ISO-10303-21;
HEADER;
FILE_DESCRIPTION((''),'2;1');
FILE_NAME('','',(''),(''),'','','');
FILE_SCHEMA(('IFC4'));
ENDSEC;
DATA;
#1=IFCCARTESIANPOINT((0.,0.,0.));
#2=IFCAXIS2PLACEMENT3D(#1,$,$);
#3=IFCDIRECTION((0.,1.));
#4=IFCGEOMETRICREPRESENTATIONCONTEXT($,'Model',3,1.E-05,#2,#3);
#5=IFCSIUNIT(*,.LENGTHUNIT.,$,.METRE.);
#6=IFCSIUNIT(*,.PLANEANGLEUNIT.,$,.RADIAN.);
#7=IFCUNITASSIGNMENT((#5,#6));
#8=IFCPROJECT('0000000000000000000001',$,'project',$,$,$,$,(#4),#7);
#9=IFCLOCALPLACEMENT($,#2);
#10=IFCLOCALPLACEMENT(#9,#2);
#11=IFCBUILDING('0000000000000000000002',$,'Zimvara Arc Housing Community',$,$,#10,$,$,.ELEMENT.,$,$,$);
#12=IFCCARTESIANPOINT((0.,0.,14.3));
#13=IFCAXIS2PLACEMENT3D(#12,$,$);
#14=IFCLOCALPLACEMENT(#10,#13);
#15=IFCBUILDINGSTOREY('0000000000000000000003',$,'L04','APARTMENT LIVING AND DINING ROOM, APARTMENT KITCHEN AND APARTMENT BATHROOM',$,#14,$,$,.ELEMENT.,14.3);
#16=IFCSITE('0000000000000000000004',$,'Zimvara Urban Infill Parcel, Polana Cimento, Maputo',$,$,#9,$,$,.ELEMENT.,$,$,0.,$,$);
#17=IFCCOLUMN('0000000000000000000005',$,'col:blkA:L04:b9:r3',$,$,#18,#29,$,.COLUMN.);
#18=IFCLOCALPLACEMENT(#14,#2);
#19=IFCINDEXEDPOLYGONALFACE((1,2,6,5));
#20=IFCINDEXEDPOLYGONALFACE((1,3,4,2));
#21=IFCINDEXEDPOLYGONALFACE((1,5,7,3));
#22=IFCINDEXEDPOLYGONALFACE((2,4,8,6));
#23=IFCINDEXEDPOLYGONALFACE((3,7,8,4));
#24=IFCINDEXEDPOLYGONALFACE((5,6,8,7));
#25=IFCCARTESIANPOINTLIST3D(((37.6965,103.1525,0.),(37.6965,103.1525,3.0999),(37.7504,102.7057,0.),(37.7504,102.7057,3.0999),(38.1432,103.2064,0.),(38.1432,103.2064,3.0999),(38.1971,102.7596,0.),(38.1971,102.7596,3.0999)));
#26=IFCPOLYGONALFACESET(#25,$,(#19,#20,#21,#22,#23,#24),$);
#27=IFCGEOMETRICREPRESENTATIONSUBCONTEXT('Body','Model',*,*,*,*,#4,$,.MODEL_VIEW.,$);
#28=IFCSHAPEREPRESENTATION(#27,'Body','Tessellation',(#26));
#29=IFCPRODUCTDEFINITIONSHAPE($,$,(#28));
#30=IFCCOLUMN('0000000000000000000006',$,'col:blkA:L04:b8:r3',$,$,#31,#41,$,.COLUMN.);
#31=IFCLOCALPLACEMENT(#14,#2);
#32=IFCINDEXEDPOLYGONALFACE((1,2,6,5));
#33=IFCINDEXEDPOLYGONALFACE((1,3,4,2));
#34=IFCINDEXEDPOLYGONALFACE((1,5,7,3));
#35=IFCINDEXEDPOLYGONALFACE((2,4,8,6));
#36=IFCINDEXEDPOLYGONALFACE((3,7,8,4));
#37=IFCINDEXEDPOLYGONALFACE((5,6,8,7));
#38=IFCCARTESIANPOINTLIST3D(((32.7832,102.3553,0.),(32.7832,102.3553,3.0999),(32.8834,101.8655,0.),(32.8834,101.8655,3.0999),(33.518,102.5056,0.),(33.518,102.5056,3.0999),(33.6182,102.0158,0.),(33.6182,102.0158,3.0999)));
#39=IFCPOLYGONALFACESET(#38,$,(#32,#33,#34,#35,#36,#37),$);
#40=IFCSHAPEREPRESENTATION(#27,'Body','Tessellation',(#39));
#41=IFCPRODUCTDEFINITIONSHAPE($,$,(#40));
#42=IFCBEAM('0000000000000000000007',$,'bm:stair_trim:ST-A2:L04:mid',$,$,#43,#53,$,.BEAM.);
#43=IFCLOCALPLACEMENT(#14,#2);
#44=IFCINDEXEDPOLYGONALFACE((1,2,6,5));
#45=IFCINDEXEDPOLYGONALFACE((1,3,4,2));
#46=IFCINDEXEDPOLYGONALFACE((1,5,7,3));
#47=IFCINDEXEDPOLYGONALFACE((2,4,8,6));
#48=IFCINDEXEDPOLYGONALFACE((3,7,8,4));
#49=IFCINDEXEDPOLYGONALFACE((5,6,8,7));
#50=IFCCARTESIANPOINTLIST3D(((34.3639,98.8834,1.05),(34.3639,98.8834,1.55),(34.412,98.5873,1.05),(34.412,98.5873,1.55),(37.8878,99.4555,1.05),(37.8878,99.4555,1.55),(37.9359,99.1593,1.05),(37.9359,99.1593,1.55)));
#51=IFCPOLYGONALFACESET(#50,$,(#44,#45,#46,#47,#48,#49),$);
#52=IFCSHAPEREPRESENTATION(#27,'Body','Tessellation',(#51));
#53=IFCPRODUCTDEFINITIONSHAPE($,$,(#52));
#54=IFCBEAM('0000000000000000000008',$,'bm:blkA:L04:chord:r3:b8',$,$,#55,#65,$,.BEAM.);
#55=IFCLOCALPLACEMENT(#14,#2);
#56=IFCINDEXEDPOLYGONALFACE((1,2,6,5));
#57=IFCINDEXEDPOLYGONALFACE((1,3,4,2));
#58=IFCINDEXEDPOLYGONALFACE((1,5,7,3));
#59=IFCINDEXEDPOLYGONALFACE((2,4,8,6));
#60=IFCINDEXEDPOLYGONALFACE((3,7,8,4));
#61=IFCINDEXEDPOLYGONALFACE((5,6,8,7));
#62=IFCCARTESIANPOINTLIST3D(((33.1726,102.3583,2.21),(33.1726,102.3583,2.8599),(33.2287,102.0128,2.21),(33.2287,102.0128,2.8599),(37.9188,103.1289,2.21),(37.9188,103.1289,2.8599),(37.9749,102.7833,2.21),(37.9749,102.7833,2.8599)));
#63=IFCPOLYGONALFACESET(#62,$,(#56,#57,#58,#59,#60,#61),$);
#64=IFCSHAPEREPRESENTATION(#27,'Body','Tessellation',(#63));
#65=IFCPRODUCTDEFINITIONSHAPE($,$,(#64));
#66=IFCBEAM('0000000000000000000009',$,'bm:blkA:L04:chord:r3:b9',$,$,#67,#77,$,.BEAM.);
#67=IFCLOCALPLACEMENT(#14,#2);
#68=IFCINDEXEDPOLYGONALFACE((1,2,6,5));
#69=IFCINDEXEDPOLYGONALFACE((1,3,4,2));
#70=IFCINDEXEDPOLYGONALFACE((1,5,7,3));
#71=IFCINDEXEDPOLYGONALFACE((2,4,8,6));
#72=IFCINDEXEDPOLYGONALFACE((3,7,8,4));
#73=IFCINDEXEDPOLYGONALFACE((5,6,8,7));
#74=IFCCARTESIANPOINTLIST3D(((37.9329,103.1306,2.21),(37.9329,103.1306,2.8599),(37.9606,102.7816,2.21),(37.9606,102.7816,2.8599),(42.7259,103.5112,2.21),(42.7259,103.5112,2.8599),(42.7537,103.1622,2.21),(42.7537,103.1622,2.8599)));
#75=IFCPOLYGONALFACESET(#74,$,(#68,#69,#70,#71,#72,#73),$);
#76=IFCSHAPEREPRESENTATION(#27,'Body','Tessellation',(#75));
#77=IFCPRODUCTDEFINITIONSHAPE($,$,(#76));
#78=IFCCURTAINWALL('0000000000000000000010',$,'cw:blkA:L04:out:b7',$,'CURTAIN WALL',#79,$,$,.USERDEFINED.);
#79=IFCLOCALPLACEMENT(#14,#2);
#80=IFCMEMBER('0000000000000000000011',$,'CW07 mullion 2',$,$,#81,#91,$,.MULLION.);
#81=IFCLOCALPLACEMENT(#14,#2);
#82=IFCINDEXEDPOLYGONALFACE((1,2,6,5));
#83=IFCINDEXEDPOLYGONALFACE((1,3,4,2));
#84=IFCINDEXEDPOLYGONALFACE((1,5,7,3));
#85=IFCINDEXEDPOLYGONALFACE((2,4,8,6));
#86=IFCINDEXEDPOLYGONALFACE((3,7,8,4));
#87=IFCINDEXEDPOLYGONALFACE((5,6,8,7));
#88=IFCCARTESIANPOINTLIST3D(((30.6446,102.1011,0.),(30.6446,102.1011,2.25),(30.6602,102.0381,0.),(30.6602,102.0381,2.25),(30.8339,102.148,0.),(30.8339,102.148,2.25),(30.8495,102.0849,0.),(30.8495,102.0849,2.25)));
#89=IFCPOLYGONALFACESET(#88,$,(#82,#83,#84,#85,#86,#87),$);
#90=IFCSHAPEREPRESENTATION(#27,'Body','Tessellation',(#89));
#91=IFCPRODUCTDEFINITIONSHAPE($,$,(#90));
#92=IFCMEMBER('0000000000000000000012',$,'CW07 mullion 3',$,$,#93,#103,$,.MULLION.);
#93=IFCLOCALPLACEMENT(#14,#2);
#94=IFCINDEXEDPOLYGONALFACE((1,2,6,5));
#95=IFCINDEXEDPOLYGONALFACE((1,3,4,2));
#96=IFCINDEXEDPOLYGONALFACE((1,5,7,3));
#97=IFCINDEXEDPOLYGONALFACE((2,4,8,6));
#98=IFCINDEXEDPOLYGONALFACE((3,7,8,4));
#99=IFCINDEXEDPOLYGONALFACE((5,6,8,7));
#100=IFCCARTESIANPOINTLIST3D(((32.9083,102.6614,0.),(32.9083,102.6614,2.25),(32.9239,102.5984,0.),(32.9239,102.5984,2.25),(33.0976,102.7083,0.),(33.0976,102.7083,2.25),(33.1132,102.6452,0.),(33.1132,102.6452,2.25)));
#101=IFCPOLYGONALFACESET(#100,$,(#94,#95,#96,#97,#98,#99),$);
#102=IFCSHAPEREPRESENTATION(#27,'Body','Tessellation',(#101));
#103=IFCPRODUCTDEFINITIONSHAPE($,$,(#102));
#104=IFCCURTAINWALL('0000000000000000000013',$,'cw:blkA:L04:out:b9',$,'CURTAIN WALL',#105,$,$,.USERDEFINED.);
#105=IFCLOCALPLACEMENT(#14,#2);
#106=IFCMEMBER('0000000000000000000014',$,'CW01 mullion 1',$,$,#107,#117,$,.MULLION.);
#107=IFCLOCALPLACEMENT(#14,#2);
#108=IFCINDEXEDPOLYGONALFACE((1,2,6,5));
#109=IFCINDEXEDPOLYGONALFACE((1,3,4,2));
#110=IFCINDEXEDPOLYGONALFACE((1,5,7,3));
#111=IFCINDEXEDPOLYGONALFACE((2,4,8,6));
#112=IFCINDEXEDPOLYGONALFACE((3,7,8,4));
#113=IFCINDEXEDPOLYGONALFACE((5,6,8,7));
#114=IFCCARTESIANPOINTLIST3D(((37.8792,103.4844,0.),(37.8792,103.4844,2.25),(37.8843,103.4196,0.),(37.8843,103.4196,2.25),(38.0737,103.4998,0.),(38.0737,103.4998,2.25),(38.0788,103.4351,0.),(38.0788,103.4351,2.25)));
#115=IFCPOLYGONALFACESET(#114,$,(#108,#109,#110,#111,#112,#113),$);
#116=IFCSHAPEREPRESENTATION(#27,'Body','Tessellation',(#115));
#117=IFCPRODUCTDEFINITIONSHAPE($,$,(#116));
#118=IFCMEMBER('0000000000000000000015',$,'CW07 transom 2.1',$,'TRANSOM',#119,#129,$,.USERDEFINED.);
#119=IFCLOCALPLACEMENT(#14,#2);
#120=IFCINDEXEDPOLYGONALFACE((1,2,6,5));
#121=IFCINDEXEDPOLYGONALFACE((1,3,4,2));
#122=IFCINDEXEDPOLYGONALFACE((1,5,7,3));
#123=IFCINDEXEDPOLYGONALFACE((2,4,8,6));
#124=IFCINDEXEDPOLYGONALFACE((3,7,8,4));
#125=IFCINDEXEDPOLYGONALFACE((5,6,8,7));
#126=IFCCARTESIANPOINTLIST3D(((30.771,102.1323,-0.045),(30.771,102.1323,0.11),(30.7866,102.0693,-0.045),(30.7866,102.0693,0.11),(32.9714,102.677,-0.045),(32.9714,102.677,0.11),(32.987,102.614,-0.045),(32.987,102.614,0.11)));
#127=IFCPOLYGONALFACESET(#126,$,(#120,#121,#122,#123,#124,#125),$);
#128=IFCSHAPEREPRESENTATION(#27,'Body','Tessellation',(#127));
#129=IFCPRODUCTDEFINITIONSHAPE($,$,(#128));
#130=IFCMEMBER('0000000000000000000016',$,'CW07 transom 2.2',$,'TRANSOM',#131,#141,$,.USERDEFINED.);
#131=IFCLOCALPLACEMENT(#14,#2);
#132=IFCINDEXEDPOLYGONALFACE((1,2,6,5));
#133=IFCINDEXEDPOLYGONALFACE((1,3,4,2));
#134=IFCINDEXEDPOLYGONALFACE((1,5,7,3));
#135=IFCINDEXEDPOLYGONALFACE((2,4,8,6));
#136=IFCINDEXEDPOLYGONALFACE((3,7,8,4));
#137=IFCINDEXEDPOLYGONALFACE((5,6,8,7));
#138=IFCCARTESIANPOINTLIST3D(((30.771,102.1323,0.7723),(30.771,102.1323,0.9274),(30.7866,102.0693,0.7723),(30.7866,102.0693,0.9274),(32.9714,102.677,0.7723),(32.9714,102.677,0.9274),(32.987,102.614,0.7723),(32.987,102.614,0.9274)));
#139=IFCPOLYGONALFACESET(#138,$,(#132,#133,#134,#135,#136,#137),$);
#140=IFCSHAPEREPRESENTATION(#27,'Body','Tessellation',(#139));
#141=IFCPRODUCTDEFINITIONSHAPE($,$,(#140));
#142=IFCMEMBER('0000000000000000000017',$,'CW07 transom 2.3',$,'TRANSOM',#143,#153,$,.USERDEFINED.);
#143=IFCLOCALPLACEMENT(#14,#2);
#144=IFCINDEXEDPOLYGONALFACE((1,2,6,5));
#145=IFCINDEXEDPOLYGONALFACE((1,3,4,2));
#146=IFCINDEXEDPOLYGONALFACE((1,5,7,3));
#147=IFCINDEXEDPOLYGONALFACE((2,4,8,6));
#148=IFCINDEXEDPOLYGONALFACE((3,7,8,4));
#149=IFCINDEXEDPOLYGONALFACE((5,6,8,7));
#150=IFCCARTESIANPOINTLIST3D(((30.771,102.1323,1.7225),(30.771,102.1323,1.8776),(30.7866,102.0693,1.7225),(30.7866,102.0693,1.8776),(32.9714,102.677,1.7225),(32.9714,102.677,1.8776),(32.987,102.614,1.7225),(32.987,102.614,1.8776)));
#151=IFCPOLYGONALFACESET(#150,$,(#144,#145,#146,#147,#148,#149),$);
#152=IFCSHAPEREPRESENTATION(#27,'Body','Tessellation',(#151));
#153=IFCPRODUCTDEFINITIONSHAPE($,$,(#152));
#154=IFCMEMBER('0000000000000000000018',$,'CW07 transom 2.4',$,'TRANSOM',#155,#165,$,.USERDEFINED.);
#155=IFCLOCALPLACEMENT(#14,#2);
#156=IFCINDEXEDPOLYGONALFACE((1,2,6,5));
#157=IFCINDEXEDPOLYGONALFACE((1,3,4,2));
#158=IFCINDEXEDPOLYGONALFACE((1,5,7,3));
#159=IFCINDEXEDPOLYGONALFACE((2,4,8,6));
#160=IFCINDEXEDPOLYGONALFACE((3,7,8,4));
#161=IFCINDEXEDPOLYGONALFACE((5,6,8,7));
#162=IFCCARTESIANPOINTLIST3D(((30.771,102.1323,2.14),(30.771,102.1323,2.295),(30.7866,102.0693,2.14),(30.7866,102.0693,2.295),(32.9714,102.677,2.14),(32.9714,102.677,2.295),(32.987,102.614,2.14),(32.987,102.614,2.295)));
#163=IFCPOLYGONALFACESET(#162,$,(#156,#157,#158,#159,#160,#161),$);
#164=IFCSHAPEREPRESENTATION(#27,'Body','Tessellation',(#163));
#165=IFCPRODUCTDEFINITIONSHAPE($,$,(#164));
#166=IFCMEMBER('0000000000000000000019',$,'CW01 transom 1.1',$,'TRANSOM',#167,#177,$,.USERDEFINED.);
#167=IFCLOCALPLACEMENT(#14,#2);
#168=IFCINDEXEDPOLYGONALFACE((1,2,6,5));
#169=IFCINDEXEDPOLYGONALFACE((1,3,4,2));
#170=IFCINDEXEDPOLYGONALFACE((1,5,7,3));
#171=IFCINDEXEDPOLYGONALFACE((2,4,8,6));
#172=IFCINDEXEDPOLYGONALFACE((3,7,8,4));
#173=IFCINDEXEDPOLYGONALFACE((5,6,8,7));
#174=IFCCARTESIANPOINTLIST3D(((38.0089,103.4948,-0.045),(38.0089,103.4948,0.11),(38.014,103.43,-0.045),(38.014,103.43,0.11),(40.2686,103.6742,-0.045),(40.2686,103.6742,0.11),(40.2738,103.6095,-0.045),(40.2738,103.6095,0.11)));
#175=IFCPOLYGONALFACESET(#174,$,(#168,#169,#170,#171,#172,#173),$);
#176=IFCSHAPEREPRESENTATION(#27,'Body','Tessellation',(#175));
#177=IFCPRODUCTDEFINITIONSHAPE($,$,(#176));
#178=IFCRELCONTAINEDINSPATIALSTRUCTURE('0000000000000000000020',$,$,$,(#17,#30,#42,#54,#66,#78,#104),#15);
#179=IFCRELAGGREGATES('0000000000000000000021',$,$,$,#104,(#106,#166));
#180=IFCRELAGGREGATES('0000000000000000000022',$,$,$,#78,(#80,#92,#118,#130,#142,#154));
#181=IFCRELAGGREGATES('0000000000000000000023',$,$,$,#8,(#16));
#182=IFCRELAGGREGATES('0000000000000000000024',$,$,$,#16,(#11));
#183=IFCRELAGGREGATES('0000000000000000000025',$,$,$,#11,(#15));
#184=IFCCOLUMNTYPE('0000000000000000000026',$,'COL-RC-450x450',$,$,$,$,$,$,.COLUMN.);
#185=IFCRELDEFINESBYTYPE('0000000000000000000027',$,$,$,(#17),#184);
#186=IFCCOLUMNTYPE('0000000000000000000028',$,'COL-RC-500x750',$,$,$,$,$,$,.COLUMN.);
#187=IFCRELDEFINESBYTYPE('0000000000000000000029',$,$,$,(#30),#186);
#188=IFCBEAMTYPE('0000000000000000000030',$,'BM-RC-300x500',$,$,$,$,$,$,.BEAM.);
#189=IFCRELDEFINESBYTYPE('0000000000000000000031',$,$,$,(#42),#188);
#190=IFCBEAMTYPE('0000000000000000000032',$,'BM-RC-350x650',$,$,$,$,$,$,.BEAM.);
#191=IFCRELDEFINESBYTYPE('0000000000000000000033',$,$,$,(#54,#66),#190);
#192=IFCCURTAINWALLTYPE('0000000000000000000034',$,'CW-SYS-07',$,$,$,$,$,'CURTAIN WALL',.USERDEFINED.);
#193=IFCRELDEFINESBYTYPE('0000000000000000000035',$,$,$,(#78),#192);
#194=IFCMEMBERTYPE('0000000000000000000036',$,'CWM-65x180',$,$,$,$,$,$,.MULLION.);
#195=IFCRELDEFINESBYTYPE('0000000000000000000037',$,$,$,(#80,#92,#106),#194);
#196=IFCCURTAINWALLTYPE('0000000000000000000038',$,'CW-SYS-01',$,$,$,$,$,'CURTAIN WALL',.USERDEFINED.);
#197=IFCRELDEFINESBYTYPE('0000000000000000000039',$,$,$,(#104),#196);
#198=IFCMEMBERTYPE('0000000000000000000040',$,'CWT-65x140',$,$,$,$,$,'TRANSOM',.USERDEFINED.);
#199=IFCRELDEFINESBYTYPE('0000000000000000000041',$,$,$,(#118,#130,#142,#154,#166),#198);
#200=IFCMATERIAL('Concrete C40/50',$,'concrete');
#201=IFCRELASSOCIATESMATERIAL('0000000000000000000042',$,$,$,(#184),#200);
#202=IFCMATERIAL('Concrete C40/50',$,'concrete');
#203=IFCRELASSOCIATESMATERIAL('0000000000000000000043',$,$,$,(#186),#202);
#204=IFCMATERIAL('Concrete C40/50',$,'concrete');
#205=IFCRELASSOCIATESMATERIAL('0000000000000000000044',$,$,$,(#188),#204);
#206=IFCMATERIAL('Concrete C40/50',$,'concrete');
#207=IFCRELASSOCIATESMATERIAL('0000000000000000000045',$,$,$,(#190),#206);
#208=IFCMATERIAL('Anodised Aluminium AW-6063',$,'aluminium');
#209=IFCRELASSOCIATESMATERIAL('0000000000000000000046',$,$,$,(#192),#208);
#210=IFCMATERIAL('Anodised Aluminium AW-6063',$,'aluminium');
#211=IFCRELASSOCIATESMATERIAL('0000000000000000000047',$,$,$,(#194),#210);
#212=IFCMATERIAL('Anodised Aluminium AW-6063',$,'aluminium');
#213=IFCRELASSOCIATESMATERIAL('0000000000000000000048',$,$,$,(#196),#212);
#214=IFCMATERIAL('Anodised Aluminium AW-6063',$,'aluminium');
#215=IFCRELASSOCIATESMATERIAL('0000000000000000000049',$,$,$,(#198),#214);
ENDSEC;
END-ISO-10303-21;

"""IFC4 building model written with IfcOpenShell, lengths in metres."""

from ifc_helpers import new_model, si_unit, direction, frame, origin, origin_2d, place, context, subcontext, project, spatial, rectangle, extrude, material, material_profile, profile_set, type_object, element, aggregate, save


model = new_model("IFC4")

# Units and contexts
model_context = context("Model", 3, precision=1e-05, world=origin(), true_north=direction((0.0, 1.0)))
body_context = subcontext(model_context, "Body", "Model", "MODEL_VIEW")
ifc_project = project(units=[si_unit("LENGTHUNIT", "METRE"), si_unit("PLANEANGLEUNIT", "RADIAN")], contexts=[model_context])

# Site, building, storey
site_placement = place(None, origin())
site = spatial("IfcSite", under=ifc_project, at=site_placement, Name="Zimvara Urban Infill Parcel, Polana Cimento, Maputo", CompositionType="ELEMENT", RefElevation=0.0)
building_placement = place(site_placement, origin())
building = spatial("IfcBuilding", under=site, at=building_placement, Name="Zimvara Arc Housing Community", CompositionType="ELEMENT")
storey_placement = place(building_placement, frame((0.0, 0.0, 14.3)))
storey = spatial("IfcBuildingStorey", under=building, at=storey_placement, Name="L04", Description="APARTMENT LIVING AND DINING ROOM, APARTMENT KITCHEN AND APARTMENT BATHROOM", CompositionType="ELEMENT", Elevation=14.3)

# Columns
ifc_material_1 = material(Name="Concrete C40/50", Category="concrete")
ifc_material_profile_1 = material_profile(ifc_material_1, rectangle(XDim=0.45, YDim=0.45, at=origin_2d()), Name="RC 450x450")
ifc_profile_set_1 = profile_set([ifc_material_profile_1], Name="Concrete C40/50")
column_type_1 = type_object("IfcColumnType", Name="COL-RC-450x450", PredefinedType="COLUMN", material=ifc_profile_set_1)
column_1_placement = place(storey_placement, frame((37.9468, 102.9561, 0.0), z_axis=(0.0, 0.0, 1.0), x_axis=(-0.11979, 0.992799, 0.0)))
element("IfcColumn", 1, at=column_1_placement, inside=storey, type_object=column_type_1, Name="col:blkA:L04:b9:r3", PredefinedType="COLUMN", context=body_context, shape_type="SweptSolid", body=[
    extrude(rectangle(XDim=0.45, YDim=0.45, at=origin_2d()), origin(), (0.0, 0.0, 1.0), 3.0999),
])
ifc_material_2 = material(Name="Concrete C40/50", Category="concrete")
ifc_material_profile_2 = material_profile(ifc_material_2, rectangle(XDim=0.5, YDim=0.75, at=origin_2d()), Name="RC 500x750")
ifc_profile_set_2 = profile_set([ifc_material_profile_2], Name="Concrete C40/50")
column_type_2 = type_object("IfcColumnType", Name="COL-RC-500x750", PredefinedType="COLUMN", material=ifc_profile_set_2)
column_2_placement = place(storey_placement, frame((33.2007, 102.1855, 0.0), z_axis=(0.0, 0.0, 1.0), x_axis=(-0.200394, 0.979715, 0.0)))
element("IfcColumn", 2, at=column_2_placement, inside=storey, type_object=column_type_2, Name="col:blkA:L04:b8:r3", PredefinedType="COLUMN", context=body_context, shape_type="SweptSolid", body=[
    extrude(rectangle(XDim=0.5, YDim=0.75, at=origin_2d()), origin(), (0.0, 0.0, 1.0), 3.0999),
])

# Beams
ifc_material_3 = material(Name="Concrete C40/50", Category="concrete")
ifc_material_profile_3 = material_profile(ifc_material_3, rectangle(XDim=0.3, YDim=0.5, at=origin_2d()), Name="RC 300x500")
ifc_profile_set_3 = profile_set([ifc_material_profile_3], Name="Concrete C40/50")
beam_type_1 = type_object("IfcBeamType", Name="BM-RC-300x500", PredefinedType="BEAM", material=ifc_profile_set_3)
beam_1_placement = place(storey_placement, frame((37.9119, 99.3074, 1.3), z_axis=(-0.98708, -0.160228, 0.0), x_axis=(0.160228, -0.98708, 0.0)))
element("IfcBeam", 3, at=beam_1_placement, inside=storey, type_object=beam_type_1, Name="bm:stair_trim:ST-A2:L04:mid", PredefinedType="BEAM", context=body_context, shape_type="SweptSolid", body=[
    extrude(rectangle(XDim=0.3, YDim=0.5, at=origin_2d()), origin(), (0.0, 0.0, 1.0), 3.5701),
])
ifc_material_4 = material(Name="Concrete C40/50", Category="concrete")
ifc_material_profile_4 = material_profile(ifc_material_4, rectangle(XDim=0.3501, YDim=0.6499, at=origin_2d()), Name="RC 350x650")
ifc_profile_set_4 = profile_set([ifc_material_profile_4], Name="Concrete C40/50")
beam_type_2 = type_object("IfcBeamType", Name="BM-RC-350x650", PredefinedType="BEAM", material=ifc_profile_set_4)
beam_2_placement = place(storey_placement, frame((33.2007, 102.1855, 2.5349), z_axis=(0.987077, 0.160248, 0.0), x_axis=(-0.160248, 0.987077, 0.0)))
element("IfcBeam", 4, at=beam_2_placement, inside=storey, type_object=beam_type_2, Name="bm:blkA:L04:chord:r3:b8", PredefinedType="BEAM", context=body_context, shape_type="SweptSolid", body=[
    extrude(rectangle(XDim=0.3501, YDim=0.6499, at=origin_2d()), origin(), (0.0, 0.0, 1.0), 4.8083),
])
beam_3_placement = place(storey_placement, frame((37.9468, 102.9561, 2.5349), z_axis=(0.996862, 0.079162, 0.0), x_axis=(-0.079162, 0.996862, 0.0)))
element("IfcBeam", 5, at=beam_3_placement, inside=storey, type_object=beam_type_2, Name="bm:blkA:L04:chord:r3:b9", PredefinedType="BEAM", context=body_context, shape_type="SweptSolid", body=[
    extrude(rectangle(XDim=0.3501, YDim=0.6499, at=origin_2d()), origin(), (0.0, 0.0, 1.0), 4.8081),
])

# Curtain wall, members
ifc_material_5 = material(Name="Anodised Aluminium AW-6063", Category="aluminium")
curtain_wall_type_1 = type_object("IfcCurtainWallType", Name="CW-SYS-07", ElementType="CURTAIN WALL", PredefinedType="USERDEFINED", material=ifc_material_5)
curtain_wall_1_placement = place(storey_placement, origin())
curtain_wall_1 = element("IfcCurtainWall", 6, at=curtain_wall_1_placement, inside=storey, type_object=curtain_wall_type_1, Name="cw:blkA:L04:out:b7", ObjectType="CURTAIN WALL", PredefinedType="USERDEFINED")
ifc_material_6 = material(Name="Anodised Aluminium AW-6063", Category="aluminium")
ifc_material_profile_5 = material_profile(ifc_material_6, rectangle(XDim=0.0649, YDim=0.1951, at=origin_2d()), Name="ALU 65x195")
ifc_profile_set_5 = profile_set([ifc_material_profile_5], Name="Anodised Aluminium AW-6063")
member_type_1 = type_object("IfcMemberType", Name="CWM-65x180", PredefinedType="MULLION", material=ifc_profile_set_5)
member_1_placement = place(storey_placement, frame((30.7471, 102.093, 0.0), z_axis=(0.0, 0.0, 1.0), x_axis=(-0.24023, 0.970716, 0.0)))
member_1 = element("IfcMember", 7, at=member_1_placement, type_object=member_type_1, Name="CW07 mullion 2", PredefinedType="MULLION", context=body_context, shape_type="SweptSolid", body=[
    extrude(rectangle(XDim=0.0649, YDim=0.1951, at=origin_2d()), origin(), (0.0, 0.0, 1.0), 2.25),
])
member_2_placement = place(storey_placement, frame((33.0107, 102.6533, 0.0), z_axis=(0.0, 0.0, 1.0), x_axis=(-0.24023, 0.970716, 0.0)))
member_2 = element("IfcMember", 8, at=member_2_placement, type_object=member_type_1, Name="CW07 mullion 3", PredefinedType="MULLION", context=body_context, shape_type="SweptSolid", body=[
    extrude(rectangle(XDim=0.0649, YDim=0.1951, at=origin_2d()), origin(), (0.0, 0.0, 1.0), 2.25),
])

# Curtain wall, member
ifc_material_7 = material(Name="Anodised Aluminium AW-6063", Category="aluminium")
curtain_wall_type_2 = type_object("IfcCurtainWallType", Name="CW-SYS-01", ElementType="CURTAIN WALL", PredefinedType="USERDEFINED", material=ifc_material_7)
curtain_wall_2_placement = place(storey_placement, origin())
curtain_wall_2 = element("IfcCurtainWall", 9, at=curtain_wall_2_placement, inside=storey, type_object=curtain_wall_type_2, Name="cw:blkA:L04:out:b9", ObjectType="CURTAIN WALL", PredefinedType="USERDEFINED")
member_3_placement = place(storey_placement, frame((37.979, 103.4597, 0.0), z_axis=(0.0, 0.0, 1.0), x_axis=(-0.079154, 0.996862, 0.0)))
member_3 = element("IfcMember", 10, at=member_3_placement, type_object=member_type_1, Name="CW01 mullion 1", PredefinedType="MULLION", context=body_context, shape_type="SweptSolid", body=[
    extrude(rectangle(XDim=0.0649, YDim=0.1951, at=origin_2d()), origin(), (0.0, 0.0, 1.0), 2.25),
])

# Members
ifc_material_8 = material(Name="Anodised Aluminium AW-6063", Category="aluminium")
ifc_material_profile_6 = material_profile(ifc_material_8, rectangle(XDim=0.0649, YDim=0.155, at=origin_2d()), Name="ALU 65x155")
ifc_profile_set_6 = profile_set([ifc_material_profile_6], Name="Anodised Aluminium AW-6063")
member_type_2 = type_object("IfcMemberType", Name="CWT-65x140", ElementType="TRANSOM", PredefinedType="USERDEFINED", material=ifc_profile_set_6)
member_4_placement = place(storey_placement, frame((30.7788, 102.1008, 0.0325), z_axis=(0.970704, 0.24028, 0.0), x_axis=(-0.24028, 0.970704, 0.0)))
member_4 = element("IfcMember", 11, at=member_4_placement, type_object=member_type_2, Name="CW07 transom 2.1", ObjectType="TRANSOM", PredefinedType="USERDEFINED", context=body_context, shape_type="SweptSolid", body=[
    extrude(rectangle(XDim=0.0649, YDim=0.155, at=origin_2d()), origin(), (0.0, 0.0, 1.0), 2.2668),
])
member_5_placement = place(storey_placement, frame((30.7788, 102.1008, 0.8499), z_axis=(0.970704, 0.24028, 0.0), x_axis=(-0.24028, 0.970704, 0.0)))
member_5 = element("IfcMember", 12, at=member_5_placement, type_object=member_type_2, Name="CW07 transom 2.2", ObjectType="TRANSOM", PredefinedType="USERDEFINED", context=body_context, shape_type="SweptSolid", body=[
    extrude(rectangle(XDim=0.0649, YDim=0.155, at=origin_2d()), origin(), (0.0, 0.0, 1.0), 2.2668),
])
member_6_placement = place(storey_placement, frame((30.7788, 102.1008, 1.8), z_axis=(0.970704, 0.24028, 0.0), x_axis=(-0.24028, 0.970704, 0.0)))
member_6 = element("IfcMember", 13, at=member_6_placement, type_object=member_type_2, Name="CW07 transom 2.3", ObjectType="TRANSOM", PredefinedType="USERDEFINED", context=body_context, shape_type="SweptSolid", body=[
    extrude(rectangle(XDim=0.0649, YDim=0.155, at=origin_2d()), origin(), (0.0, 0.0, 1.0), 2.2668),
])
member_7_placement = place(storey_placement, frame((30.7788, 102.1008, 2.2175), z_axis=(0.970704, 0.24028, 0.0), x_axis=(-0.24028, 0.970704, 0.0)))
member_7 = element("IfcMember", 14, at=member_7_placement, type_object=member_type_2, Name="CW07 transom 2.4", ObjectType="TRANSOM", PredefinedType="USERDEFINED", context=body_context, shape_type="SweptSolid", body=[
    extrude(rectangle(XDim=0.0649, YDim=0.155, at=origin_2d()), origin(), (0.0, 0.0, 1.0), 2.2668),
])
member_8_placement = place(storey_placement, frame((38.0115, 103.4624, 0.0325), z_axis=(0.996862, 0.079159, 0.0), x_axis=(-0.079159, 0.996862, 0.0)))
member_8 = element("IfcMember", 15, at=member_8_placement, type_object=member_type_2, Name="CW01 transom 1.1", ObjectType="TRANSOM", PredefinedType="USERDEFINED", context=body_context, shape_type="SweptSolid", body=[
    extrude(rectangle(XDim=0.0649, YDim=0.155, at=origin_2d()), origin(), (0.0, 0.0, 1.0), 2.2668),
])
aggregate(curtain_wall_2, [member_3, member_8])

aggregate(curtain_wall_1, [member_1, member_2, member_4, member_5, member_6, member_7])

save(model, "model.ifc")
